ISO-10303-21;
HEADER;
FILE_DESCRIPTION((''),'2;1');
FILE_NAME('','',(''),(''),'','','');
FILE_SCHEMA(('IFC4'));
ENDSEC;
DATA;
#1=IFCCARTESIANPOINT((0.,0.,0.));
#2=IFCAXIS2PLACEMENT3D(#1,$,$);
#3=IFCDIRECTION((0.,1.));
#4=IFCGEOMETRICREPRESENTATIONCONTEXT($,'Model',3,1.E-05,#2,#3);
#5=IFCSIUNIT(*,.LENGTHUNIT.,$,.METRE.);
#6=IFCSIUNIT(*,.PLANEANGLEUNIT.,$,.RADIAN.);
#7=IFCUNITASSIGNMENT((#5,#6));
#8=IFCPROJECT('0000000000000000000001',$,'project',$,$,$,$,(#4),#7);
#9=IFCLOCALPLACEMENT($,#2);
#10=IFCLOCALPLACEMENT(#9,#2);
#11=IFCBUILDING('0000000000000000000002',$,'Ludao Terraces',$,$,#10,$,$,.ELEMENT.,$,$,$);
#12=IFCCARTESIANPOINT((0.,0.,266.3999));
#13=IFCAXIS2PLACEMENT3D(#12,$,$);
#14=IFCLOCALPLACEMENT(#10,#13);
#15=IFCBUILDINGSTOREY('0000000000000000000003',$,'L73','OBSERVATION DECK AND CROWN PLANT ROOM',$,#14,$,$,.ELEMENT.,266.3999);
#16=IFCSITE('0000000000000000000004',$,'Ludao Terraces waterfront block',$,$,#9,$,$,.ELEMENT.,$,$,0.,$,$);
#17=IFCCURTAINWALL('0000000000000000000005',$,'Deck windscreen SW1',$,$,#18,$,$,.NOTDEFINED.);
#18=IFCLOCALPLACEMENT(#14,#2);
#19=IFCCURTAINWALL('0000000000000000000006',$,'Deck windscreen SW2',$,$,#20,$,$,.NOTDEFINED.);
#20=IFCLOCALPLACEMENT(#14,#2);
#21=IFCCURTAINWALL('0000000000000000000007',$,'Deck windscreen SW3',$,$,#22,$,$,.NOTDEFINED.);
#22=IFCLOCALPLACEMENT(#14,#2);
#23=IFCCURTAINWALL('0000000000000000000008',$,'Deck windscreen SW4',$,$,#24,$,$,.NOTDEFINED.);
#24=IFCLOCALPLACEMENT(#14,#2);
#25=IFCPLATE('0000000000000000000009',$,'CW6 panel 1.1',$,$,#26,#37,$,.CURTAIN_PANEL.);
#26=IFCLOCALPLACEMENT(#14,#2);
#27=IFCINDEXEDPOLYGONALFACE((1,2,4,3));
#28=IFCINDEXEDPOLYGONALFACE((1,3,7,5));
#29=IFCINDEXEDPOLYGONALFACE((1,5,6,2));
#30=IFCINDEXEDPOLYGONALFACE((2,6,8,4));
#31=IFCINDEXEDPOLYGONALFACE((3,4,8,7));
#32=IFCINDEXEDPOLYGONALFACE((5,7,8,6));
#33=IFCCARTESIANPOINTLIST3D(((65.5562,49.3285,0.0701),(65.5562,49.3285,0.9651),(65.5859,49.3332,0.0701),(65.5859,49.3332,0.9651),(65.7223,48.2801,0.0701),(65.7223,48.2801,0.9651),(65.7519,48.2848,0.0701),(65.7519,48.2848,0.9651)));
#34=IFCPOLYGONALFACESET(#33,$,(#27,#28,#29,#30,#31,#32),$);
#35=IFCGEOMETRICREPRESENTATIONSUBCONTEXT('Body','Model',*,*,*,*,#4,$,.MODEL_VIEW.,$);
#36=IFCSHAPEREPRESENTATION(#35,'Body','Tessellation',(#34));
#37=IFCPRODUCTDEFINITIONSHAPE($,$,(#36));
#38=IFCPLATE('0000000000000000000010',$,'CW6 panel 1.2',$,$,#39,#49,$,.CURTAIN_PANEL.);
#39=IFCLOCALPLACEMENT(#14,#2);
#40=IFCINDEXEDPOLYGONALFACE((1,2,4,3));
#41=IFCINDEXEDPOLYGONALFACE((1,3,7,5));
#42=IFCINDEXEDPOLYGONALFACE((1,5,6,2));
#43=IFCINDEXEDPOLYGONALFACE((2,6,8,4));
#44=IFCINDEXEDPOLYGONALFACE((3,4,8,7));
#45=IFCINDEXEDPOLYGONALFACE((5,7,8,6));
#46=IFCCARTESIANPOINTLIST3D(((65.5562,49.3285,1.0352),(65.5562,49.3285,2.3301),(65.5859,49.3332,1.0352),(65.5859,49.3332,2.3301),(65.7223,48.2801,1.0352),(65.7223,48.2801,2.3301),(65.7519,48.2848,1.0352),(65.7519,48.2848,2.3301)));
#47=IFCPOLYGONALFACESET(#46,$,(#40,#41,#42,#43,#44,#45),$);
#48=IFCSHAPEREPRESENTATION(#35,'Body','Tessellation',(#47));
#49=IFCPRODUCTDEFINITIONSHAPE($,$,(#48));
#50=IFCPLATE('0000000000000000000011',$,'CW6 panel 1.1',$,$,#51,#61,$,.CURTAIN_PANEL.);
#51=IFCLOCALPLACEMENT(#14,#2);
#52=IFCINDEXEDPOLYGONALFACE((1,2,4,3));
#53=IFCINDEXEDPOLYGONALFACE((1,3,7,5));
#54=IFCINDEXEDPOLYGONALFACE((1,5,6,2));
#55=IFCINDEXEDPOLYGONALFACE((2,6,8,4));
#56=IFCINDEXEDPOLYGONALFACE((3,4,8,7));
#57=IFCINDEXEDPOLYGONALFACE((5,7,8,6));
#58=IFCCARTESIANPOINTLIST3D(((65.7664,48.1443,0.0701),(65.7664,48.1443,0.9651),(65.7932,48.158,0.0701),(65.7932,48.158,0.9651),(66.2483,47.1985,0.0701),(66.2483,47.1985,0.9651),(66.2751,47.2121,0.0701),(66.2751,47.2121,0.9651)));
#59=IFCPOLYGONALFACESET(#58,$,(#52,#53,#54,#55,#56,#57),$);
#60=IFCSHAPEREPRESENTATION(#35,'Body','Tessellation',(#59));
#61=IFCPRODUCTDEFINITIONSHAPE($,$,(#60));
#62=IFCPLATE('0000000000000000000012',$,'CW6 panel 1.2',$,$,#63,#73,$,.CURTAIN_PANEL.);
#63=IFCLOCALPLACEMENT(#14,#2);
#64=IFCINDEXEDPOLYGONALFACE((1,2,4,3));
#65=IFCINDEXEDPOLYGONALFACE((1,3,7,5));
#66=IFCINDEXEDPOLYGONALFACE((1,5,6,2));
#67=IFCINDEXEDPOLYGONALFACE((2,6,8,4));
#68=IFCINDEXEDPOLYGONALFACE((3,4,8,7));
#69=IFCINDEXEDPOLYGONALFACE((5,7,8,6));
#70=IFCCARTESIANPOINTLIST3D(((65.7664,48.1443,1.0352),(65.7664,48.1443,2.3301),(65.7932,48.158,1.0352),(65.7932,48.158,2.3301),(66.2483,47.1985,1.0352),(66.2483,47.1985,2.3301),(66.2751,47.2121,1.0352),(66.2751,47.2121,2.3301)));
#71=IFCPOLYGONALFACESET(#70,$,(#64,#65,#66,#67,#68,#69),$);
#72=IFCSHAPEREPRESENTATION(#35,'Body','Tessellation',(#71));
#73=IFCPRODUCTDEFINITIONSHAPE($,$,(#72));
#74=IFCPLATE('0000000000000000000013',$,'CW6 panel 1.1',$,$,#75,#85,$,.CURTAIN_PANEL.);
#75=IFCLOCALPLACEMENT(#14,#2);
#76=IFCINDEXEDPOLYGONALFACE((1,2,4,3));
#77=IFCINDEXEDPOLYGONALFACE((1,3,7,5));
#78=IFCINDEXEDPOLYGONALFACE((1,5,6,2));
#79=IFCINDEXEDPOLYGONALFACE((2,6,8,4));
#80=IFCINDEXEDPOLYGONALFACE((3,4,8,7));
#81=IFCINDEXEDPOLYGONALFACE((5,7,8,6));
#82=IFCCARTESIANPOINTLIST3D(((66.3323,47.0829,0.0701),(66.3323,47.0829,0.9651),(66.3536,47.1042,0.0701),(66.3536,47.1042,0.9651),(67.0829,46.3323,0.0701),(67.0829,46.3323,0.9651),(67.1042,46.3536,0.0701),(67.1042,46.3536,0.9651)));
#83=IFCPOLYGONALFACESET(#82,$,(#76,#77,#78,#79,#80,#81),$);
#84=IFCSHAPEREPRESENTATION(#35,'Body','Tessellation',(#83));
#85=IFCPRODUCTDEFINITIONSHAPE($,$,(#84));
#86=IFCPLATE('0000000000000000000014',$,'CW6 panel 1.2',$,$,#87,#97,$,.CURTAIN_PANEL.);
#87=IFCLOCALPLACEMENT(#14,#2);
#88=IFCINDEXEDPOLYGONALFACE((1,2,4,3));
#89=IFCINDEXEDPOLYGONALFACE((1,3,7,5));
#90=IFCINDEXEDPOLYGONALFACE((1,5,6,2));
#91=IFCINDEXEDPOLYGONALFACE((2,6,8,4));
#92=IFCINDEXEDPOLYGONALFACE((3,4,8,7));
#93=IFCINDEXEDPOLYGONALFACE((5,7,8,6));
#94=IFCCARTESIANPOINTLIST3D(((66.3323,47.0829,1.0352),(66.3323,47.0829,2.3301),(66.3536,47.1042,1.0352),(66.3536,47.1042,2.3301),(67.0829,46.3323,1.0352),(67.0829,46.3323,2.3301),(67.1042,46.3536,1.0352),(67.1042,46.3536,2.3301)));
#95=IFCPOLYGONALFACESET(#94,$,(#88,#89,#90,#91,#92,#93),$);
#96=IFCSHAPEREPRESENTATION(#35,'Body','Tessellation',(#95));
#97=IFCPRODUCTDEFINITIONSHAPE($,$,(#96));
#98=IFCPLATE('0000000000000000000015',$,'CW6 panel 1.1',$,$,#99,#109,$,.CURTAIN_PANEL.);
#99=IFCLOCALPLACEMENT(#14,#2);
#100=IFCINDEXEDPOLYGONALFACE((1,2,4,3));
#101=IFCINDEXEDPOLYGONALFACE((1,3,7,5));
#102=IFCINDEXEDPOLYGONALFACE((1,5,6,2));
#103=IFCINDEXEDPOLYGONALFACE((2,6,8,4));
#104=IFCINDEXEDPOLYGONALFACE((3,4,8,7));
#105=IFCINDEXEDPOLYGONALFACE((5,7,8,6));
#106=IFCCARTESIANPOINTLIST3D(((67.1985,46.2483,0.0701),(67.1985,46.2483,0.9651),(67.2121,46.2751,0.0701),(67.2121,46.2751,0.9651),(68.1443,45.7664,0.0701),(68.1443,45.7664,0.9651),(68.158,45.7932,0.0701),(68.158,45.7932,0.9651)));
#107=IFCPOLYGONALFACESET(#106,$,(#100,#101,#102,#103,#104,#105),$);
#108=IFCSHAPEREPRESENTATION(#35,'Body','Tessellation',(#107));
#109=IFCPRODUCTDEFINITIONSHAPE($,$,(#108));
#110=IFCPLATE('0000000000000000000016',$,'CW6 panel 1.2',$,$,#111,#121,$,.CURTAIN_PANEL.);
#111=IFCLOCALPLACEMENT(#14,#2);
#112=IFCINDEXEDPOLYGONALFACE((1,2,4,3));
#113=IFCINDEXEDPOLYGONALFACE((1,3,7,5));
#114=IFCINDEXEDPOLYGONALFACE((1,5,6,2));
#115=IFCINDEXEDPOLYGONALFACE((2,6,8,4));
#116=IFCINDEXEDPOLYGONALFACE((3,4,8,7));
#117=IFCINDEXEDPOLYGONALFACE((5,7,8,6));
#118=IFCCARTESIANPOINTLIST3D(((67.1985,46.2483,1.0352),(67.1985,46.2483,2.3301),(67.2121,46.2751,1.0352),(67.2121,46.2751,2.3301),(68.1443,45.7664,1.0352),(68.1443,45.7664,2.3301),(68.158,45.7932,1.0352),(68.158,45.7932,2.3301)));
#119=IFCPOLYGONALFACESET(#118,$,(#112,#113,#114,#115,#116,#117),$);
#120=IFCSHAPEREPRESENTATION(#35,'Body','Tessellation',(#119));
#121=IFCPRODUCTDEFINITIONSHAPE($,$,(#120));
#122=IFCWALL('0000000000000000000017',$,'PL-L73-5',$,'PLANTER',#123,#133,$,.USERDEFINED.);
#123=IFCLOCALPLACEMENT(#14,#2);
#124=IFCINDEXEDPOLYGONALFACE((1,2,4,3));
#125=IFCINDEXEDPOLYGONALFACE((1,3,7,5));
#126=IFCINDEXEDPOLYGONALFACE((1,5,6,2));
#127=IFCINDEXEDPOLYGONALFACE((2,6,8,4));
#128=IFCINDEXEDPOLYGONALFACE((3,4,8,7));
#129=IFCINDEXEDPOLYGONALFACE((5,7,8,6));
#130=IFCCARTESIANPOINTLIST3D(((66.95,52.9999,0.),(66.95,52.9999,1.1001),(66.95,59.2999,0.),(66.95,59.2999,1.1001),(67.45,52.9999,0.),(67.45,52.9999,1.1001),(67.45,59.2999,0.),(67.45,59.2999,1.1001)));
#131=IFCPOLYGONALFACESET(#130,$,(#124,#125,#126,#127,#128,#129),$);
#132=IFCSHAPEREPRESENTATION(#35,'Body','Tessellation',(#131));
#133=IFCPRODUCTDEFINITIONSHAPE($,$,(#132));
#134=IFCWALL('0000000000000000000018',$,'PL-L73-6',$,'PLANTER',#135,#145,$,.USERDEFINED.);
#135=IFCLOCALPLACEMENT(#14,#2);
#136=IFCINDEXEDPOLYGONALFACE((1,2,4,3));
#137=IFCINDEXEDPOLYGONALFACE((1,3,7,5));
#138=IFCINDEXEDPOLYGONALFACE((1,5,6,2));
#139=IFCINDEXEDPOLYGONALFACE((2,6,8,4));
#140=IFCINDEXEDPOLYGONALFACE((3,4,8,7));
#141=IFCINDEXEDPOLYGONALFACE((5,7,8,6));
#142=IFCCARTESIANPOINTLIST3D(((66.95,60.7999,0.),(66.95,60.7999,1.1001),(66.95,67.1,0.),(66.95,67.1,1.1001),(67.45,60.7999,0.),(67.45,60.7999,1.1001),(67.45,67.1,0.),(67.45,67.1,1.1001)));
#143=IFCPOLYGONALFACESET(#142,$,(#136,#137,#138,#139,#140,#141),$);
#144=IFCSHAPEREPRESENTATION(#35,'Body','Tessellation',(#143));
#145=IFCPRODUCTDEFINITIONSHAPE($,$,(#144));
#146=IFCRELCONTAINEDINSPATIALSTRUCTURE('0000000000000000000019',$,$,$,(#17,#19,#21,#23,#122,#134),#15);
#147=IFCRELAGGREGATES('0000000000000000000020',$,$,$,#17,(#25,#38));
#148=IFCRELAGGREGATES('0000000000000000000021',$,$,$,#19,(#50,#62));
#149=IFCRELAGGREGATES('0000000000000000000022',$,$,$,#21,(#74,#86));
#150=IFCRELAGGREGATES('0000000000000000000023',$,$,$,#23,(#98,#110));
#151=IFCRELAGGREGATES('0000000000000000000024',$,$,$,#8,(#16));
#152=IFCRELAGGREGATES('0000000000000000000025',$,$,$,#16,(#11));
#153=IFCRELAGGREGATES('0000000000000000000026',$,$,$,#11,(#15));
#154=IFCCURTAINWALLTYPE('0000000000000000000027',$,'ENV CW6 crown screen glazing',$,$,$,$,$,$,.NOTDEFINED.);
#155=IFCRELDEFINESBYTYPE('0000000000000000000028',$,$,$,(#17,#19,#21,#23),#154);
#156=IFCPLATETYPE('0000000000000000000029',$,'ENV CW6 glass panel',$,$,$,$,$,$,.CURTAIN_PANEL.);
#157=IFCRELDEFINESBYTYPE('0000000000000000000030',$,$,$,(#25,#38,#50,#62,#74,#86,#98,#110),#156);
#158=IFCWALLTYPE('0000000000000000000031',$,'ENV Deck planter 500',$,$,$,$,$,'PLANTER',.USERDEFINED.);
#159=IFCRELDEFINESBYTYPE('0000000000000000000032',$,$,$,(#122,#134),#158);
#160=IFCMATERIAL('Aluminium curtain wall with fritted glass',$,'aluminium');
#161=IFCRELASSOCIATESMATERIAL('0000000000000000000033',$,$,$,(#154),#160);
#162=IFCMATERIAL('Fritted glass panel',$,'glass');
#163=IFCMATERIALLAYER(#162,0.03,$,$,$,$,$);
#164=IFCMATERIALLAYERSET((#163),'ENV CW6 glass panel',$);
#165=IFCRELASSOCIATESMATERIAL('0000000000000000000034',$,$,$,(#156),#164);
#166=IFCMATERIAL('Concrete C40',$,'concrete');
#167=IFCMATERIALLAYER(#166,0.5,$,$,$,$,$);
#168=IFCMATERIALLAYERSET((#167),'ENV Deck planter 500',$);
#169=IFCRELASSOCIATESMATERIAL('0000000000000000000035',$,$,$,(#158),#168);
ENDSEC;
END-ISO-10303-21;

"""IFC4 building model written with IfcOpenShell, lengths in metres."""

from ifc_helpers import new_model, si_unit, direction, frame, frame_2d, origin, origin_2d, place, context, subcontext, project, spatial, rectangle, extrude, material, layer, layer_set, type_object, element, aggregate, save


model = new_model("IFC4")

# Units and contexts
model_context = context("Model", 3, precision=1e-05, world=origin(), true_north=direction((0.0, 1.0)))
body_context = subcontext(model_context, "Body", "Model", "MODEL_VIEW")
ifc_project = project(units=[si_unit("LENGTHUNIT", "METRE"), si_unit("PLANEANGLEUNIT", "RADIAN")], contexts=[model_context])

# Site, building, storey
site_placement = place(None, origin())
site = spatial("IfcSite", under=ifc_project, at=site_placement, Name="Ludao Terraces waterfront block", CompositionType="ELEMENT", RefElevation=0.0)
building_placement = place(site_placement, origin())
building = spatial("IfcBuilding", under=site, at=building_placement, Name="Ludao Terraces", CompositionType="ELEMENT")
storey_placement = place(building_placement, frame((0.0, 0.0, 266.3999)))
storey = spatial("IfcBuildingStorey", under=building, at=storey_placement, Name="L73", Description="OBSERVATION DECK AND CROWN PLANT ROOM", CompositionType="ELEMENT", Elevation=266.3999)

# Curtain walls
ifc_material_1 = material(Name="Aluminium curtain wall with fritted glass", Category="aluminium")
curtain_wall_type = type_object("IfcCurtainWallType", Name="ENV CW6 crown screen glazing", PredefinedType="NOTDEFINED", material=ifc_material_1)
curtain_wall_1_placement = place(storey_placement, origin())
curtain_wall_1 = element("IfcCurtainWall", 1, at=curtain_wall_1_placement, inside=storey, type_object=curtain_wall_type, Name="Deck windscreen SW1", PredefinedType="NOTDEFINED")
curtain_wall_2_placement = place(storey_placement, origin())
curtain_wall_2 = element("IfcCurtainWall", 2, at=curtain_wall_2_placement, inside=storey, type_object=curtain_wall_type, Name="Deck windscreen SW2", PredefinedType="NOTDEFINED")
curtain_wall_3_placement = place(storey_placement, origin())
curtain_wall_3 = element("IfcCurtainWall", 3, at=curtain_wall_3_placement, inside=storey, type_object=curtain_wall_type, Name="Deck windscreen SW3", PredefinedType="NOTDEFINED")

# Curtain wall
curtain_wall_4_placement = place(storey_placement, origin())
curtain_wall_4 = element("IfcCurtainWall", 4, at=curtain_wall_4_placement, inside=storey, type_object=curtain_wall_type, Name="Deck windscreen SW4", PredefinedType="NOTDEFINED")

# Plates
ifc_material_2 = material(Name="Fritted glass panel", Category="glass")
ifc_layer_1 = layer(ifc_material_2, 0.03)
ifc_layer_set_1 = layer_set([ifc_layer_1], Name="ENV CW6 glass panel")
plate_type = type_object("IfcPlateType", Name="ENV CW6 glass panel", PredefinedType="CURTAIN_PANEL", material=ifc_layer_set_1)
plate_1_placement = place(storey_placement, frame((65.6541, 48.8066, 0.0701), z_axis=(0.0, 0.0, 1.0), x_axis=(0.156435, -0.987688, 0.0)))
plate_1 = element("IfcPlate", 5, at=plate_1_placement, type_object=plate_type, Name="CW6 panel 1.1", PredefinedType="CURTAIN_PANEL", context=body_context, shape_type="SweptSolid", body=[
    extrude(rectangle(XDim=1.0615, YDim=0.03, at=origin_2d()), origin(), (0.0, 0.0, 1.0), 0.895),
])
plate_2_placement = place(storey_placement, frame((65.6541, 48.8066, 1.0352), z_axis=(0.0, 0.0, 1.0), x_axis=(0.156435, -0.987688, 0.0)))
plate_2 = element("IfcPlate", 6, at=plate_2_placement, type_object=plate_type, Name="CW6 panel 1.2", PredefinedType="CURTAIN_PANEL", context=body_context, shape_type="SweptSolid", body=[
    extrude(rectangle(XDim=1.0615, YDim=0.03, at=origin_2d()), origin(), (0.0, 0.0, 1.0), 1.2949),
])
aggregate(curtain_wall_1, [plate_1, plate_2])
plate_3_placement = place(storey_placement, frame((66.0208, 47.6782, 0.0701), z_axis=(0.0, 0.0, 1.0), x_axis=(0.453991, -0.891006, 0.0)))
plate_3 = element("IfcPlate", 7, at=plate_3_placement, type_object=plate_type, Name="CW6 panel 1.1", PredefinedType="CURTAIN_PANEL", context=body_context, shape_type="SweptSolid", body=[
    extrude(rectangle(XDim=1.0615, YDim=0.03, at=origin_2d()), origin(), (0.0, 0.0, 1.0), 0.895),
])
plate_4_placement = place(storey_placement, frame((66.0208, 47.6782, 1.0352), z_axis=(0.0, 0.0, 1.0), x_axis=(0.453991, -0.891006, 0.0)))
plate_4 = element("IfcPlate", 8, at=plate_4_placement, type_object=plate_type, Name="CW6 panel 1.2", PredefinedType="CURTAIN_PANEL", context=body_context, shape_type="SweptSolid", body=[
    extrude(rectangle(XDim=1.0615, YDim=0.03, at=origin_2d()), origin(), (0.0, 0.0, 1.0), 1.2949),
])
aggregate(curtain_wall_2, [plate_3, plate_4])
plate_5_placement = place(storey_placement, frame((66.7183, 46.7183, 0.0701), z_axis=(0.0, 0.0, 1.0), x_axis=(0.707107, -0.707107, 0.0)))
plate_5 = element("IfcPlate", 9, at=plate_5_placement, type_object=plate_type, Name="CW6 panel 1.1", PredefinedType="CURTAIN_PANEL", context=body_context, shape_type="SweptSolid", body=[
    extrude(rectangle(XDim=1.0615, YDim=0.03, at=origin_2d()), origin(), (0.0, 0.0, 1.0), 0.895),
])
plate_6_placement = place(storey_placement, frame((66.7183, 46.7183, 1.0352), z_axis=(0.0, 0.0, 1.0), x_axis=(0.707107, -0.707107, 0.0)))
plate_6 = element("IfcPlate", 10, at=plate_6_placement, type_object=plate_type, Name="CW6 panel 1.2", PredefinedType="CURTAIN_PANEL", context=body_context, shape_type="SweptSolid", body=[
    extrude(rectangle(XDim=1.0615, YDim=0.03, at=origin_2d()), origin(), (0.0, 0.0, 1.0), 1.2949),
])
aggregate(curtain_wall_3, [plate_5, plate_6])
plate_7_placement = place(storey_placement, frame((67.6782, 46.0208, 0.0701), z_axis=(0.0, 0.0, 1.0), x_axis=(0.891006, -0.453991, 0.0)))
plate_7 = element("IfcPlate", 11, at=plate_7_placement, type_object=plate_type, Name="CW6 panel 1.1", PredefinedType="CURTAIN_PANEL", context=body_context, shape_type="SweptSolid", body=[
    extrude(rectangle(XDim=1.0615, YDim=0.03, at=origin_2d()), origin(), (0.0, 0.0, 1.0), 0.895),
])
plate_8_placement = place(storey_placement, frame((67.6782, 46.0208, 1.0352), z_axis=(0.0, 0.0, 1.0), x_axis=(0.891006, -0.453991, 0.0)))
plate_8 = element("IfcPlate", 12, at=plate_8_placement, type_object=plate_type, Name="CW6 panel 1.2", PredefinedType="CURTAIN_PANEL", context=body_context, shape_type="SweptSolid", body=[
    extrude(rectangle(XDim=1.0615, YDim=0.03, at=origin_2d()), origin(), (0.0, 0.0, 1.0), 1.2949),
])
aggregate(curtain_wall_4, [plate_7, plate_8])

# Walls
ifc_material_3 = material(Name="Concrete C40", Category="concrete")
ifc_layer_2 = layer(ifc_material_3, 0.5)
ifc_layer_set_2 = layer_set([ifc_layer_2], Name="ENV Deck planter 500")
wall_type = type_object("IfcWallType", Name="ENV Deck planter 500", ElementType="PLANTER", PredefinedType="USERDEFINED", material=ifc_layer_set_2)
for number, where, z_axis, x_axis, name in (
    (13, (67.2, 53.0, 0.0), (0.0, 0.0, 1.0), (0.0, 1.0, 0.0), "PL-L73-5"),
    (14, (67.2, 60.8, 0.0), (0.0, 0.0, 1.0), (0.0, 1.0, 0.0), "PL-L73-6"),
):
    element("IfcWall", number, at=place(storey_placement, frame(where, z_axis=z_axis, x_axis=x_axis)), inside=storey, type_object=wall_type, Name=name, ObjectType="PLANTER", PredefinedType="USERDEFINED", context=body_context, shape_type="SweptSolid", body=[
        extrude(rectangle(XDim=6.3, YDim=0.5, at=frame_2d((3.1499, 0.0))), origin(), (0.0, 0.0, 1.0), 1.1001),
    ])

save(model, "model.ifc")
